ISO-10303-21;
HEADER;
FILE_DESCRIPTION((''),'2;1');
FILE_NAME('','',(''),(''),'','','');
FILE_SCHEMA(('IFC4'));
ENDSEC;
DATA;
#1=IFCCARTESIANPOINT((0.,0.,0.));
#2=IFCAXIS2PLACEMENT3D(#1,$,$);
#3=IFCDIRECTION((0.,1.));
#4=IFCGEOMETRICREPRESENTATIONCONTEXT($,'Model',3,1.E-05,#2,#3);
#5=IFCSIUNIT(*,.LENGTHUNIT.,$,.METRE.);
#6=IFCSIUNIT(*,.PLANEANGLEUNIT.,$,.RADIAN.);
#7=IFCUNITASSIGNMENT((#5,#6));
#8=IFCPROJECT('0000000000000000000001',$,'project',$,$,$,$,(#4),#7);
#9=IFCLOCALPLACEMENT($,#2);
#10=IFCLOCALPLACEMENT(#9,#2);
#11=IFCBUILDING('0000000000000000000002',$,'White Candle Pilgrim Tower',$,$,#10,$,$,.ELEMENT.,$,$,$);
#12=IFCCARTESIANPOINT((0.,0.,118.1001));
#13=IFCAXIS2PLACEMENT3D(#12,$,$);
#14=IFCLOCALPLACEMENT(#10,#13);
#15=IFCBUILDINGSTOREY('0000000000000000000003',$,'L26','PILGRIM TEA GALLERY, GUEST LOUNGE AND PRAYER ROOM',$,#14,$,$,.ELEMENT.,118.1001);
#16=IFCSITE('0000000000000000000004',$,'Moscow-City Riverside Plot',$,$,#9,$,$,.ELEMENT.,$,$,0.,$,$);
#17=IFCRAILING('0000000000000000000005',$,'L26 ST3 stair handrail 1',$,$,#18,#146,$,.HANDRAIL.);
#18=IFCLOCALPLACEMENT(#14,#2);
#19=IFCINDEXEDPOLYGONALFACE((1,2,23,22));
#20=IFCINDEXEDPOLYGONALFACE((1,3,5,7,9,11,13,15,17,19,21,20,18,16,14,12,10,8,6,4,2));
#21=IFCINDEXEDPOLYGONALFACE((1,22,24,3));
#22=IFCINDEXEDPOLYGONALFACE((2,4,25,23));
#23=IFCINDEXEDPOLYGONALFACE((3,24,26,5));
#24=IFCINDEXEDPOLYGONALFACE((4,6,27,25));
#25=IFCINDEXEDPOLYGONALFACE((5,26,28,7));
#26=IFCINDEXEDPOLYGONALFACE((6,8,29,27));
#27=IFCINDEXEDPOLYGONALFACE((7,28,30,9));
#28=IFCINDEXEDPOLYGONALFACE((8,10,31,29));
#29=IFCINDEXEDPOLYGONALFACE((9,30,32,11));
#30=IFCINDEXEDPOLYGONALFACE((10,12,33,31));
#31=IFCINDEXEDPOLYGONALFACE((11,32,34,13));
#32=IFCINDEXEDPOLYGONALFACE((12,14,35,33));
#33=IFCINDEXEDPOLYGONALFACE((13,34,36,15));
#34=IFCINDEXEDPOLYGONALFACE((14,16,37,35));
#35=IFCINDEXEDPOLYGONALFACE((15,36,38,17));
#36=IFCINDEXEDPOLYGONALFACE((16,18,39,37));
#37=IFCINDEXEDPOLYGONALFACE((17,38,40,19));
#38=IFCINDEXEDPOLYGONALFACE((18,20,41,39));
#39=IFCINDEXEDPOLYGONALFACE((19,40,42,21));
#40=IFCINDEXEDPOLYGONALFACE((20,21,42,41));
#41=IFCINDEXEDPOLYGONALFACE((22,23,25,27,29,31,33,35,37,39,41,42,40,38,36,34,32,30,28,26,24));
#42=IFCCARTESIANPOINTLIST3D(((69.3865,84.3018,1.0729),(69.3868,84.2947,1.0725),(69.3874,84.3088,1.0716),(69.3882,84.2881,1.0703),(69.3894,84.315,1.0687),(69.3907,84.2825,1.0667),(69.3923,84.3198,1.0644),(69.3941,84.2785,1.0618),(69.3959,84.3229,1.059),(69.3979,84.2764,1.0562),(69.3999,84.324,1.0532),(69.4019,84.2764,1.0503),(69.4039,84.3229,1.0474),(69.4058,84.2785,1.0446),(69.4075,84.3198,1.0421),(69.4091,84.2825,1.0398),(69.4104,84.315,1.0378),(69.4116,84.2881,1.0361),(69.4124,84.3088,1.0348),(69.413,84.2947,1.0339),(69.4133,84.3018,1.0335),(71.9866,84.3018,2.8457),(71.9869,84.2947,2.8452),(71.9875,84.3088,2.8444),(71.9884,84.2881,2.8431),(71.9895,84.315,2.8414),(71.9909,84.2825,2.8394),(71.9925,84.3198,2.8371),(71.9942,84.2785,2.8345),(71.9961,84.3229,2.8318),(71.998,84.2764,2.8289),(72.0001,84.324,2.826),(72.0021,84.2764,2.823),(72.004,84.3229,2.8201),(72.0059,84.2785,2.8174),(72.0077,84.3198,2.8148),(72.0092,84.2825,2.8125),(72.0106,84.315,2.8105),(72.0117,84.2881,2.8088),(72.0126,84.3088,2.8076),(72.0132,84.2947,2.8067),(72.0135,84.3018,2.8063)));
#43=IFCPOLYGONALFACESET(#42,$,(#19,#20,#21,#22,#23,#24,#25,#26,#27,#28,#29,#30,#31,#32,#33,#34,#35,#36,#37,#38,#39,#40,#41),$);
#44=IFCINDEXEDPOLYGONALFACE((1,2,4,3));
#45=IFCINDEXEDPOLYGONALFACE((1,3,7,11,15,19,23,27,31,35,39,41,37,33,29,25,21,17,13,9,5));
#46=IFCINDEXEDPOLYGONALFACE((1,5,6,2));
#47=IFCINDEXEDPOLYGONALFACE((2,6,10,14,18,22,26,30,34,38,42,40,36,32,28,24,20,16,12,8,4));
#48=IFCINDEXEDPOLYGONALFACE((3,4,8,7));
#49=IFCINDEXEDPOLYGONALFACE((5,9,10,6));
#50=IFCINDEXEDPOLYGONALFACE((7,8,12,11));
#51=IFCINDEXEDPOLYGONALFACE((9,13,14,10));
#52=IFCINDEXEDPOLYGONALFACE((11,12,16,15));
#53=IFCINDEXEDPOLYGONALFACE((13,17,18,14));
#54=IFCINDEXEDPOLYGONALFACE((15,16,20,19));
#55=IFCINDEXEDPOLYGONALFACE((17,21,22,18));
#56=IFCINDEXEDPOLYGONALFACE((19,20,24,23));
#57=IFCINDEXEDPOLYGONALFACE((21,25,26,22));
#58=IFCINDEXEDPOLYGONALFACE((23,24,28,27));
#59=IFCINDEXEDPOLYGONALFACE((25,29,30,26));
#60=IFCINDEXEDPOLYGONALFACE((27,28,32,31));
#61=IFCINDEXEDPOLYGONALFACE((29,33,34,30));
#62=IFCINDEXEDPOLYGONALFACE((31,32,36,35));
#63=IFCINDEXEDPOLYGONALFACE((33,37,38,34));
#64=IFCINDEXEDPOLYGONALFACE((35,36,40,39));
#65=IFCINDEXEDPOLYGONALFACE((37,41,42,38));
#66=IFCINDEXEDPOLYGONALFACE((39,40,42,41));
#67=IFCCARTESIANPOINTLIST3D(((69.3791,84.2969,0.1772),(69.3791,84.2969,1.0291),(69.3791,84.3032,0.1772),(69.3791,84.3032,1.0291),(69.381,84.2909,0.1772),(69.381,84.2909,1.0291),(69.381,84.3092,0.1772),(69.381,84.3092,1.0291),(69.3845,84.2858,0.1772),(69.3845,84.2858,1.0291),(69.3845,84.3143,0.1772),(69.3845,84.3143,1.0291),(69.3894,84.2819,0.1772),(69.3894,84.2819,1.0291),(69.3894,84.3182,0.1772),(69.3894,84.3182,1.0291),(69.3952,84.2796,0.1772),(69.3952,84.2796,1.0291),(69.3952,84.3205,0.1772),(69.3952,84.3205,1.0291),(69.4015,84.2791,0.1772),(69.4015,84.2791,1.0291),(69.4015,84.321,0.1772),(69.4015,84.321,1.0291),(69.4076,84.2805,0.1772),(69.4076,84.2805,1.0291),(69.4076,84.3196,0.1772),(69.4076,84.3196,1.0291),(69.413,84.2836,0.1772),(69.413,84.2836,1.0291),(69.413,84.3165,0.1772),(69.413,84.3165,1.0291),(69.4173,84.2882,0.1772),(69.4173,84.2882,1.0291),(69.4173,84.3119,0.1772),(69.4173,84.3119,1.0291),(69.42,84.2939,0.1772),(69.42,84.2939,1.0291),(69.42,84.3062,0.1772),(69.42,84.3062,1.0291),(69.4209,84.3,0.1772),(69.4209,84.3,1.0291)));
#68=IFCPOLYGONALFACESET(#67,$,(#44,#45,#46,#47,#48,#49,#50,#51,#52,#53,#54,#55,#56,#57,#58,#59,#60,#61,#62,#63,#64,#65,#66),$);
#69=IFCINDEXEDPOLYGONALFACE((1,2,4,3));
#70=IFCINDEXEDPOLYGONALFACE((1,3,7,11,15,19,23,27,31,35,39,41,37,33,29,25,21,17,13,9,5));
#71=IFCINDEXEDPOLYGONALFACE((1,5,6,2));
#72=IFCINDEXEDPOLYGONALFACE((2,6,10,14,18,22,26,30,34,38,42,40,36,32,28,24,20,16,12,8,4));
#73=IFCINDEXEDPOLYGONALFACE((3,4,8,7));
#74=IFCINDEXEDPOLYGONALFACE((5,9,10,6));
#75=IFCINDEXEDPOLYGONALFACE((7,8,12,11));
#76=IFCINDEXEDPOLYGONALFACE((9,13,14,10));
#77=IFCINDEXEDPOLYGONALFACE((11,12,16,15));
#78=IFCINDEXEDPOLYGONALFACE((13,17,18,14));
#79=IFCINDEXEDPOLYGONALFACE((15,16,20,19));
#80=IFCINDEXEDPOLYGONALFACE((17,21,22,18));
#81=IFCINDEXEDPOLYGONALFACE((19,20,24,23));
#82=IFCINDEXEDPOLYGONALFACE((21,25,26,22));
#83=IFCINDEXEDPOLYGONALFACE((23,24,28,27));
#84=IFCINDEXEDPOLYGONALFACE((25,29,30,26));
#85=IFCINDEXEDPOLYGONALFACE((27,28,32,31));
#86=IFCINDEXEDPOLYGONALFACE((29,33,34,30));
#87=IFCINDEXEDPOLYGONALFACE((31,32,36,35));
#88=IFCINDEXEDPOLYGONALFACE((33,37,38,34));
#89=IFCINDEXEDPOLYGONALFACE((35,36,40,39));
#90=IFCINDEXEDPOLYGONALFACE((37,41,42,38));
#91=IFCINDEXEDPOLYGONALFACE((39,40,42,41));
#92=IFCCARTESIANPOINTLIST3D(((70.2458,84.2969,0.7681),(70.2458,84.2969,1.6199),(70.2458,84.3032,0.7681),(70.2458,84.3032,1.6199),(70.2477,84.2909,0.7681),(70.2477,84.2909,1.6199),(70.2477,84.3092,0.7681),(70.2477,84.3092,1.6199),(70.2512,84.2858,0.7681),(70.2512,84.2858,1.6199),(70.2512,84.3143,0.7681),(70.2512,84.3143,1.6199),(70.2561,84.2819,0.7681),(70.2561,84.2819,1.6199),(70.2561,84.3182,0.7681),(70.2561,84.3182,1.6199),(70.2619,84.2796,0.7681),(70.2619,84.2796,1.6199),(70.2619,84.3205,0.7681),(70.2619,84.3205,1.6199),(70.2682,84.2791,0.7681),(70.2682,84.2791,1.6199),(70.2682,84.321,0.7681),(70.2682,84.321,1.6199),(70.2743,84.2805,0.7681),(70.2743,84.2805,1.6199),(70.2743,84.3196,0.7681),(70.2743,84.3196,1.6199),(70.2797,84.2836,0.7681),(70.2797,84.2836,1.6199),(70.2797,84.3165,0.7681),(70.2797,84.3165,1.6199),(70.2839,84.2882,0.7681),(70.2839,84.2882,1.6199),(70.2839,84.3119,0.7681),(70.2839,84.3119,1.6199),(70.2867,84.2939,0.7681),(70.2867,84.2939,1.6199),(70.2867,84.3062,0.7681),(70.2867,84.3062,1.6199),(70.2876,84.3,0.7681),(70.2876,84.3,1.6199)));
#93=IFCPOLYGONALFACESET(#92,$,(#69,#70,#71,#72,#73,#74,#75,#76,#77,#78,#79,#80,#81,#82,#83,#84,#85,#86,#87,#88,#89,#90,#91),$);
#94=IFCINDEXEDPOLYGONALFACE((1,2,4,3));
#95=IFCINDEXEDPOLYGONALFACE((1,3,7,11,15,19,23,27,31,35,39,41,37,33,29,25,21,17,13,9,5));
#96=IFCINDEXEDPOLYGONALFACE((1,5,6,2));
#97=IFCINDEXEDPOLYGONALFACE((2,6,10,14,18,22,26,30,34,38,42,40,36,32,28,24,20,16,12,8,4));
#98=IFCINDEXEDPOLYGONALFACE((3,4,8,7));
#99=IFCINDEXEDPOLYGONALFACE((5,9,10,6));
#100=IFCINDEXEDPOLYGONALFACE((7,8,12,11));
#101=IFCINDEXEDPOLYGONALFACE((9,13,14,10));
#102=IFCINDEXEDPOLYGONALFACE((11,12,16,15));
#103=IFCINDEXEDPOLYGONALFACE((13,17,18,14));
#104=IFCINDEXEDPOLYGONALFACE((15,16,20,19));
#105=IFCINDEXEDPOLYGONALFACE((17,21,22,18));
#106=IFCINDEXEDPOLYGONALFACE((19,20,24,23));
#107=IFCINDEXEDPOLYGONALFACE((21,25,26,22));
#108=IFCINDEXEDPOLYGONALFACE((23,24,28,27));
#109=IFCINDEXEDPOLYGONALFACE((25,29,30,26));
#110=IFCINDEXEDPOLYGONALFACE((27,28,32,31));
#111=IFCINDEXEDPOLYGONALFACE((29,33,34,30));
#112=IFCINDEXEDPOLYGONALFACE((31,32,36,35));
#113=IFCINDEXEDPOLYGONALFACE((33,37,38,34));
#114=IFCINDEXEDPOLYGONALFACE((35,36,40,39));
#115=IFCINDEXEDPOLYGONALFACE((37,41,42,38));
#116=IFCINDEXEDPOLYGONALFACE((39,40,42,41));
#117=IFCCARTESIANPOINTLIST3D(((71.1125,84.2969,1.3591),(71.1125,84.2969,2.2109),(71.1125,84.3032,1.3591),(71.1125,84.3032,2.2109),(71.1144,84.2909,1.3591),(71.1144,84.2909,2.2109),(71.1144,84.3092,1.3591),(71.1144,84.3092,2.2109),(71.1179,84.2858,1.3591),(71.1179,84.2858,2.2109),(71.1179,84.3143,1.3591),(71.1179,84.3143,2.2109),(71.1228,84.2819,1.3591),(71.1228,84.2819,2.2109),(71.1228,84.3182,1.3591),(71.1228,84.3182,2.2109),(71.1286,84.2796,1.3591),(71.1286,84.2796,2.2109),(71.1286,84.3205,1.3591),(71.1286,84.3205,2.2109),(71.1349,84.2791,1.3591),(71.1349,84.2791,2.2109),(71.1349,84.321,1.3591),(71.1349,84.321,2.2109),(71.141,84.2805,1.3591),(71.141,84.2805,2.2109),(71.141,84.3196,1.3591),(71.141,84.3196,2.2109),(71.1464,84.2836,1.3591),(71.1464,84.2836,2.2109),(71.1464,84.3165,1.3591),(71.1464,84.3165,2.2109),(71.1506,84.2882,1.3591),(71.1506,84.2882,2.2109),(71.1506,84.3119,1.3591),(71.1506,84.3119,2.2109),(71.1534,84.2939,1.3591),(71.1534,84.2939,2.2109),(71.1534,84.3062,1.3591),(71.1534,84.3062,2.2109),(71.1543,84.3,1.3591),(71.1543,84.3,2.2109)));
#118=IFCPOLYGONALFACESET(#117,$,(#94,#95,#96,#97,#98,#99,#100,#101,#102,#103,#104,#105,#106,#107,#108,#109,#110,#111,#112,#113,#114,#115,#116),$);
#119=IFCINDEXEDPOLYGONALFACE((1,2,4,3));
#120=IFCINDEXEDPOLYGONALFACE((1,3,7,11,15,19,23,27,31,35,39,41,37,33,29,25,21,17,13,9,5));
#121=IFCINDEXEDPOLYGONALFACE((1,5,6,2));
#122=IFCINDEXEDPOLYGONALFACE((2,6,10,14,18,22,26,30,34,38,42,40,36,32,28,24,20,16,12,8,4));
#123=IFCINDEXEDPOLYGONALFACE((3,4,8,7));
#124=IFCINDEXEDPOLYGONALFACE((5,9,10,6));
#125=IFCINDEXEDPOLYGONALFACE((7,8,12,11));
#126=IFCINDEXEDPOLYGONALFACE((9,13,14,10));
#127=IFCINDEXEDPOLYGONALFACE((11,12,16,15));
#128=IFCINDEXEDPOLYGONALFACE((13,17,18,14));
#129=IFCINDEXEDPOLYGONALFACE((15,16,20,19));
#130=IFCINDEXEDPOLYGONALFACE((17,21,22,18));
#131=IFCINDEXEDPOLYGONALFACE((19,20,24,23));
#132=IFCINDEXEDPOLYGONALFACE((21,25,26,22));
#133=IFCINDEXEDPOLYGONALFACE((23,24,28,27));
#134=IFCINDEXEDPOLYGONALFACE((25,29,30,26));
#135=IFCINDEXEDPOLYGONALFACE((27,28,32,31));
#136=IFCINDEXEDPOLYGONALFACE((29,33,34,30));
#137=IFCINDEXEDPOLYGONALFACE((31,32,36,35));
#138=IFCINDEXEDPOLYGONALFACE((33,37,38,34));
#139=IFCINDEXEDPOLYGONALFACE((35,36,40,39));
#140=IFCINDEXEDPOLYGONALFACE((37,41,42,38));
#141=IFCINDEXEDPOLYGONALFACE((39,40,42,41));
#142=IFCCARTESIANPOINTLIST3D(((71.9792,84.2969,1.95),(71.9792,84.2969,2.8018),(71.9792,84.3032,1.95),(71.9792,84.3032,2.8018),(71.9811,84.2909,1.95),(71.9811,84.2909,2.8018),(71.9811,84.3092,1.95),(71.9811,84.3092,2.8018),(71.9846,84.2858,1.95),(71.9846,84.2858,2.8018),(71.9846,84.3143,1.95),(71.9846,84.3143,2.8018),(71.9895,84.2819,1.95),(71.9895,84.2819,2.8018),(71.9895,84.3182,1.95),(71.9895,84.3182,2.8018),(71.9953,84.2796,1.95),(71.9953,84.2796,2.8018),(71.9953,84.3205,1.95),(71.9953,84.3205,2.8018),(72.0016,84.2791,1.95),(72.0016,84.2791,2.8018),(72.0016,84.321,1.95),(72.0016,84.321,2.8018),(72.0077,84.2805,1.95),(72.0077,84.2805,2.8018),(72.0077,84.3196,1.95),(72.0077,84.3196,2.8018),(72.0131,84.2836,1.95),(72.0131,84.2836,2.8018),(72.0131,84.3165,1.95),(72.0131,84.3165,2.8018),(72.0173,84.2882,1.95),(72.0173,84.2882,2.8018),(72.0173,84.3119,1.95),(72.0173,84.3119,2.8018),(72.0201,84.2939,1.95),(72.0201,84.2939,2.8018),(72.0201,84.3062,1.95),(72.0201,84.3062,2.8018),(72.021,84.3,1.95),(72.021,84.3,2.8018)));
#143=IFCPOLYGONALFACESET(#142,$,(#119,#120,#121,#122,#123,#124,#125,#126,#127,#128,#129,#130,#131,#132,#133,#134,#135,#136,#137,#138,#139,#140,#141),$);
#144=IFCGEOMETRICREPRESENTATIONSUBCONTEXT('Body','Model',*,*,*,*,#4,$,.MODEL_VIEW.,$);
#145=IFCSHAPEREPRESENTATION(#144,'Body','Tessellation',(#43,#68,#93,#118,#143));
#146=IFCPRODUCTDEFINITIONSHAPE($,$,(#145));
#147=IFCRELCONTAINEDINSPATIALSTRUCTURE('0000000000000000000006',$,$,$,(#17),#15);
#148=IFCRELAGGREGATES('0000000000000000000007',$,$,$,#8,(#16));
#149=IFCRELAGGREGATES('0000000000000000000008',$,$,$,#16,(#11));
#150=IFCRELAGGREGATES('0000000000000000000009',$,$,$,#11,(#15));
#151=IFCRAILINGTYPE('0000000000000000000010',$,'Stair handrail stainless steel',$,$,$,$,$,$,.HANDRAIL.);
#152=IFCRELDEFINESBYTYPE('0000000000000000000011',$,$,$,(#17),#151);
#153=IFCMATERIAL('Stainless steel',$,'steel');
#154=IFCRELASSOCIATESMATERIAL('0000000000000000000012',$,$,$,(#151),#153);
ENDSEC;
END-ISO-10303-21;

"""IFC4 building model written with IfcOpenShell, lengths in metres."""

from ifc_helpers import new_model, si_unit, direction, frame, origin, origin_2d, place, context, subcontext, project, spatial, circle, extrude, material, type_object, element, save


model = new_model("IFC4")

# Units and contexts
model_context = context("Model", 3, precision=1e-05, world=origin(), true_north=direction((0.0, 1.0)))
body_context = subcontext(model_context, "Body", "Model", "MODEL_VIEW")
ifc_project = project(units=[si_unit("LENGTHUNIT", "METRE"), si_unit("PLANEANGLEUNIT", "RADIAN")], contexts=[model_context])

# Site, building, storey
site_placement = place(None, origin())
site = spatial("IfcSite", under=ifc_project, at=site_placement, Name="Moscow-City Riverside Plot", CompositionType="ELEMENT", RefElevation=0.0)
building_placement = place(site_placement, origin())
building = spatial("IfcBuilding", under=site, at=building_placement, Name="White Candle Pilgrim Tower", CompositionType="ELEMENT")
storey_placement = place(building_placement, frame((0.0, 0.0, 118.1001)))
storey = spatial("IfcBuildingStorey", under=building, at=storey_placement, Name="L26", Description="PILGRIM TEA GALLERY, GUEST LOUNGE AND PRAYER ROOM", CompositionType="ELEMENT", Elevation=118.1001)

# Railing
ifc_material_1 = material(Name="Stainless steel", Category="steel")
railing_type_1 = type_object("IfcRailingType", Name="Stair handrail stainless steel", PredefinedType="HANDRAIL", material=ifc_material_1)
railing_1_placement = place(storey_placement, frame((69.3999, 84.3, 0.1772)))
element("IfcRailing", 1, at=railing_1_placement, inside=storey, type_object=railing_type_1, Name="L26 ST3 stair handrail 1", PredefinedType="HANDRAIL", context=body_context, shape_type="SweptSolid", body=[
    extrude(circle(Radius=0.0239, at=origin_2d()), frame((0.0, 0.0, 0.876), z_axis=(0.82624, 0.0, 0.563318), x_axis=(0.0, 1.0, 0.0)), (0.0, 0.0, 1.0), 3.147),
    extrude(circle(Radius=0.021, at=origin_2d()), origin(), (0.0, 0.0, 1.0), 0.8518),
    extrude(circle(Radius=0.021, at=origin_2d()), frame((0.8667, 0.0, 0.5908)), (0.0, 0.0, 1.0), 0.8518),
    extrude(circle(Radius=0.021, at=origin_2d()), frame((1.7334, 0.0, 1.1819)), (0.0, 0.0, 1.0), 0.8518),
    extrude(circle(Radius=0.021, at=origin_2d()), frame((2.6001, 0.0, 1.7727)), (0.0, 0.0, 1.0), 0.8518),
])

save(model, "model.ifc")
